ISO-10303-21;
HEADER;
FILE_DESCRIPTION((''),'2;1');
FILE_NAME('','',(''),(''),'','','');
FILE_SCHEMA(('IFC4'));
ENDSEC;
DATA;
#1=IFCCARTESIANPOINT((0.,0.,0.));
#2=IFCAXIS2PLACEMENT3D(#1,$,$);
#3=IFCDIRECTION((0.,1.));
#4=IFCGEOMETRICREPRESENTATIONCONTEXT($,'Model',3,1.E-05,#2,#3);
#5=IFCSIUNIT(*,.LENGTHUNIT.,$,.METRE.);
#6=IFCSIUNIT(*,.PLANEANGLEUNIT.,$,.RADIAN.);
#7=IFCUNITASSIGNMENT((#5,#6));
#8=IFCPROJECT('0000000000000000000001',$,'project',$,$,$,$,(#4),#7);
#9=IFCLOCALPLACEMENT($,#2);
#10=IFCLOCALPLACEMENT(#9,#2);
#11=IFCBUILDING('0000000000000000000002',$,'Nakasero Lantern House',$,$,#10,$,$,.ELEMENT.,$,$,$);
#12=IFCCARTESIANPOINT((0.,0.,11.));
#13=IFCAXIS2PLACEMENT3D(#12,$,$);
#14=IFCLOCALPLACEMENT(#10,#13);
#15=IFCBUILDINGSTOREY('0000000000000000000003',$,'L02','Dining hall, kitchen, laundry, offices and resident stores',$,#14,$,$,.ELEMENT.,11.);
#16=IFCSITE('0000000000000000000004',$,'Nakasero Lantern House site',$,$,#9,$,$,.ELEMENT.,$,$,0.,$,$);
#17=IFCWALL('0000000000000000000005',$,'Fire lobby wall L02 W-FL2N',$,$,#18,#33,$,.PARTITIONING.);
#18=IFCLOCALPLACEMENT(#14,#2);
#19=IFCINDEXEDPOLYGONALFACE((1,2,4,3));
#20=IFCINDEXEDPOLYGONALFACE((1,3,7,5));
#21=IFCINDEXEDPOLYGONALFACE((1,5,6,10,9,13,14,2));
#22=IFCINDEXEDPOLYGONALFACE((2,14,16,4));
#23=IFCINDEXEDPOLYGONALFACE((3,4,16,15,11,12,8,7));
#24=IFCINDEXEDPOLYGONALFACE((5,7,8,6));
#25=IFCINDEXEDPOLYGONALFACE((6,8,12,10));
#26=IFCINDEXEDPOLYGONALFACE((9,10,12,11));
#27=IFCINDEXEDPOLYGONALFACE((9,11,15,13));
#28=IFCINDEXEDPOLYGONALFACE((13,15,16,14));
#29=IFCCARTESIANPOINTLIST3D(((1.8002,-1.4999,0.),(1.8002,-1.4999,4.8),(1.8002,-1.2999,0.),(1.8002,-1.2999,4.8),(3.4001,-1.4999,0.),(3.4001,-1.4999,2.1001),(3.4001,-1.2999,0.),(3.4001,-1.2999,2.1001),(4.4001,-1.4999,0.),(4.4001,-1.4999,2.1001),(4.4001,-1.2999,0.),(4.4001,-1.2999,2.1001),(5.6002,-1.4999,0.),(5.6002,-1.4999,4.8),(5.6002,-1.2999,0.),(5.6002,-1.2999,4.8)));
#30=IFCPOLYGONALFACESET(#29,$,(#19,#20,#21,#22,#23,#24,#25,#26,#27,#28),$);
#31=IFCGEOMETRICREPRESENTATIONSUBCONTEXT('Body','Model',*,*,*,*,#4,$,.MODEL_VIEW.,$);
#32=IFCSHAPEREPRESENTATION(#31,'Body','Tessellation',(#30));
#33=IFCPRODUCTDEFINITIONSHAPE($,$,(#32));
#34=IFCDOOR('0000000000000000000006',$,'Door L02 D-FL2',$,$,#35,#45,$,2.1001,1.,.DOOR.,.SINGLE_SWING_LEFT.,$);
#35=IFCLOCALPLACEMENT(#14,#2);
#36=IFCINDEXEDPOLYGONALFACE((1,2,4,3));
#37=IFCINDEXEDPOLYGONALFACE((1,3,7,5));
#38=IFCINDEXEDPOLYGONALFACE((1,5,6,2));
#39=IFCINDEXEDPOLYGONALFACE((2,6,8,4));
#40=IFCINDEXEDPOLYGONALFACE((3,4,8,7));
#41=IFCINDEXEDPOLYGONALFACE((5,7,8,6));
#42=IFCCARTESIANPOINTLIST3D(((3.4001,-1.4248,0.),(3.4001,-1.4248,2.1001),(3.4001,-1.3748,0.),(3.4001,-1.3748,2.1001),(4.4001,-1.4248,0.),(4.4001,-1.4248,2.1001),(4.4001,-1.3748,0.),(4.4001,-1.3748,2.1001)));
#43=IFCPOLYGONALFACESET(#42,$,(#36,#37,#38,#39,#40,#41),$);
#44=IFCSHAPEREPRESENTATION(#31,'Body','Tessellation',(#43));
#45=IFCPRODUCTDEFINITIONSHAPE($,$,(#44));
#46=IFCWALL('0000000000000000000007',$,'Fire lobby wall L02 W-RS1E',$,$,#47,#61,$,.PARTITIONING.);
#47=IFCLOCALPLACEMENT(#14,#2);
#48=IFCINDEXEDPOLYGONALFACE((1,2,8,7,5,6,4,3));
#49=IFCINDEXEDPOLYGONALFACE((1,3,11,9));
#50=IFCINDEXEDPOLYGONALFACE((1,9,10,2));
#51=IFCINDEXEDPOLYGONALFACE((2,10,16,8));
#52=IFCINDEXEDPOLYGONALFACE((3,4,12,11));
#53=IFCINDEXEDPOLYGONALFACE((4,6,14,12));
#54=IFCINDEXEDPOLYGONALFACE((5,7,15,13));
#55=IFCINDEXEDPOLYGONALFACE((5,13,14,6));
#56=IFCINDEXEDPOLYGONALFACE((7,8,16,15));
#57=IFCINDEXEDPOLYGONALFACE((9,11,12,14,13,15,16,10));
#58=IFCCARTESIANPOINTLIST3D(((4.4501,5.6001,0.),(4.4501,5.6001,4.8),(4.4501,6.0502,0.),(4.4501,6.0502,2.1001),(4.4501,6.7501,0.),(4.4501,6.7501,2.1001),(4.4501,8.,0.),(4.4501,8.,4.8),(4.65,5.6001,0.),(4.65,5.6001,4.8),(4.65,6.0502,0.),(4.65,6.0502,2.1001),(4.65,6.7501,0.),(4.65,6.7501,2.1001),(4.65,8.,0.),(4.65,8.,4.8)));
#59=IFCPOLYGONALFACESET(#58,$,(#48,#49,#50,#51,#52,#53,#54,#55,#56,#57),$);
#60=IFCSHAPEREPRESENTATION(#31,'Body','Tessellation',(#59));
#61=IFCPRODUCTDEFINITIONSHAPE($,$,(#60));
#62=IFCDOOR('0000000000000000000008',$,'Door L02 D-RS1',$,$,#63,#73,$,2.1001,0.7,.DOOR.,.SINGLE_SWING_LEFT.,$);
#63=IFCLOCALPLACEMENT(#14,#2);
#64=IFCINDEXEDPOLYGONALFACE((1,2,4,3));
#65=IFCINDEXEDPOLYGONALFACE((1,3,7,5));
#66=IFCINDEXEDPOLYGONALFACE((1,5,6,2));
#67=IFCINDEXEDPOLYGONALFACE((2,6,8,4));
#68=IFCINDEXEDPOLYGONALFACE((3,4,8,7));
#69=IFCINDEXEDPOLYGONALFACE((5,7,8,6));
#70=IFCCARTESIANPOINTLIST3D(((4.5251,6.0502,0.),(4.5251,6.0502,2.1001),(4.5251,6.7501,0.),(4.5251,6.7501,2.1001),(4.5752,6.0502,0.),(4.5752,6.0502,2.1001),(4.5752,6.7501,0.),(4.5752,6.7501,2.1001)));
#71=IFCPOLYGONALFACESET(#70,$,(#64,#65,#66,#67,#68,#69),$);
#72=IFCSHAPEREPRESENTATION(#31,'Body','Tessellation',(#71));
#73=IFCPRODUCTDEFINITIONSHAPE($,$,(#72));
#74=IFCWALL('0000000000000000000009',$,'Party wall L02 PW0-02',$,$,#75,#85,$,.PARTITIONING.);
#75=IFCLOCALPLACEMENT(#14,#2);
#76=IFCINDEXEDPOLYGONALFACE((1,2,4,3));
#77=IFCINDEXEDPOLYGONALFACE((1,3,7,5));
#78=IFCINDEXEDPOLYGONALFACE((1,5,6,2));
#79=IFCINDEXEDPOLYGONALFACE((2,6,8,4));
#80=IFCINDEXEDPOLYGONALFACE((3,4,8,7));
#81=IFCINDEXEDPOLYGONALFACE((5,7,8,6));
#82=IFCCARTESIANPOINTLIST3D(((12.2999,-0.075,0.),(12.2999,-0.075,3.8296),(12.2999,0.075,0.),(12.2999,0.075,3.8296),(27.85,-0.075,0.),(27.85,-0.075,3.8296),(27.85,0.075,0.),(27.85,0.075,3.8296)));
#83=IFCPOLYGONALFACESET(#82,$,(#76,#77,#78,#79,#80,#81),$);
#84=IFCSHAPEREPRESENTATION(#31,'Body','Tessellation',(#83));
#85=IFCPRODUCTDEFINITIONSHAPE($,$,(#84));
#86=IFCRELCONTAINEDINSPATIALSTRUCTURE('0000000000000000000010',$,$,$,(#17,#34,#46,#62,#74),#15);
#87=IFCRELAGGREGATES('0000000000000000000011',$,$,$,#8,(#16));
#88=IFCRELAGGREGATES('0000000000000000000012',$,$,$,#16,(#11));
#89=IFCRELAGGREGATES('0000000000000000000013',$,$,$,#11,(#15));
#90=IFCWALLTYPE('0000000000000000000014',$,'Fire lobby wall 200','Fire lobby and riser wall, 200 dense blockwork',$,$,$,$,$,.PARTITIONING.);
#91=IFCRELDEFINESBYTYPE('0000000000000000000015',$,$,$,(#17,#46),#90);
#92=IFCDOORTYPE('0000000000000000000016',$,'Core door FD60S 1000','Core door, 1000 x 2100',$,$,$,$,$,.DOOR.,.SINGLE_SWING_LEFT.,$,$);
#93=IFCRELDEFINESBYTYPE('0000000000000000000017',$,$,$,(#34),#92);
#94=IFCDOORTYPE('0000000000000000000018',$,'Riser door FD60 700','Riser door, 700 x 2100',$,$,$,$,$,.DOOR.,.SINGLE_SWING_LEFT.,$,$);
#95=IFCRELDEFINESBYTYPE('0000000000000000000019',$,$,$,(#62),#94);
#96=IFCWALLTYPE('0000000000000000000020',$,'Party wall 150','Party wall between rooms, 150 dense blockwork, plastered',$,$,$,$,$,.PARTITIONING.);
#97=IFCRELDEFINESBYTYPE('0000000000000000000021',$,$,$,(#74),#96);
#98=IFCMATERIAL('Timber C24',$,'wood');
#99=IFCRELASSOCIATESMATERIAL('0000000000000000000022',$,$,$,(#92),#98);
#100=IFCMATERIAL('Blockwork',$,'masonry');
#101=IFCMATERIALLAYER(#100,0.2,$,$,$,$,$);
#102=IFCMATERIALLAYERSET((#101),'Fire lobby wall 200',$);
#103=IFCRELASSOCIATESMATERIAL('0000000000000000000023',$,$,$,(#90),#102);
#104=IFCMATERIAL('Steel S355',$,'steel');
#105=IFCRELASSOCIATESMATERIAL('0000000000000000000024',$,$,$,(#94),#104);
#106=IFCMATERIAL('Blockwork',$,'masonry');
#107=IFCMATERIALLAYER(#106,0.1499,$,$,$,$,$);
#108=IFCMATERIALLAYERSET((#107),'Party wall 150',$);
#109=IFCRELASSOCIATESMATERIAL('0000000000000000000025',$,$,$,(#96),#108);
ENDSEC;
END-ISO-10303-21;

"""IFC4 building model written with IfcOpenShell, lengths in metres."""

from ifc_helpers import new_model, si_unit, direction, frame, frame_2d, origin, place, context, subcontext, project, spatial, rectangle, extrude, material, layer, layer_set, type_object, element, fill, save


model = new_model("IFC4")

# Units and contexts
model_context = context("Model", 3, precision=1e-05, world=origin(), true_north=direction((0.0, 1.0)))
body_context = subcontext(model_context, "Body", "Model", "MODEL_VIEW")
ifc_project = project(units=[si_unit("LENGTHUNIT", "METRE"), si_unit("PLANEANGLEUNIT", "RADIAN")], contexts=[model_context])

# Site, building, storey
site_placement = place(None, origin())
site = spatial("IfcSite", under=ifc_project, at=site_placement, Name="Nakasero Lantern House site", CompositionType="ELEMENT", RefElevation=0.0)
building_placement = place(site_placement, origin())
building = spatial("IfcBuilding", under=site, at=building_placement, Name="Nakasero Lantern House", CompositionType="ELEMENT")
storey_placement = place(building_placement, frame((0.0, 0.0, 11.0)))
storey = spatial("IfcBuildingStorey", under=building, at=storey_placement, Name="L02", Description="Dining hall, kitchen, laundry, offices and resident stores", CompositionType="ELEMENT", Elevation=11.0)

# Shared definitions
ifc_material_1 = material(Name="Timber C24", Category="wood")
door_type_1 = type_object("IfcDoorType", Name="Core door FD60S 1000", Description="Core door, 1000 x 2100", OperationType="SINGLE_SWING_LEFT", PredefinedType="DOOR", material=ifc_material_1)

# Walls, openings, doors
ifc_material_2 = material(Name="Blockwork", Category="masonry")
ifc_layer_1 = layer(ifc_material_2, 0.2)
ifc_layer_set_1 = layer_set([ifc_layer_1], Name="Fire lobby wall 200")
wall_type_1 = type_object("IfcWallType", Name="Fire lobby wall 200", Description="Fire lobby and riser wall, 200 dense blockwork", PredefinedType="PARTITIONING", material=ifc_layer_set_1)
wall_1_placement = place(storey_placement, frame((5.6001, -1.3999, 0.0), z_axis=(0.0, 0.0, 1.0), x_axis=(-1.0, 0.0, 0.0)))
wall_1 = element("IfcWall", 1, at=wall_1_placement, inside=storey, type_object=wall_type_1, Name="Fire lobby wall L02 W-FL2N", PredefinedType="PARTITIONING", context=body_context, shape_type="SweptSolid", body=[
    extrude(rectangle(XDim=3.8, YDim=0.2, at=frame_2d((1.8999, 0.0))), origin(), (0.0, 0.0, 1.0), 4.8),
])
opening_1_placement = place(wall_1_placement, frame((1.2, 0.0, 0.0)))
opening_1 = element("IfcOpeningElement", 2, at=opening_1_placement, cuts=wall_1, PredefinedType="OPENING", context=body_context, shape_type="SweptSolid", body=[
    extrude(rectangle(XDim=1.0, YDim=2.1001, at=frame_2d((0.5, 1.05))), frame((0.0, 0.1199, 0.0), z_axis=(0.0, -1.0, 0.0), x_axis=(1.0, 0.0, 0.0)), (0.0, 0.0, 1.0), 0.24),
])
door_1_placement = place(opening_1_placement, origin())
door_1 = element("IfcDoor", 3, at=door_1_placement, inside=storey, type_object=door_type_1, Name="Door L02 D-FL2", OperationType="SINGLE_SWING_LEFT", OverallHeight=2.1001, OverallWidth=1.0, PredefinedType="DOOR", context=body_context, shape_type="SweptSolid", body=[
    extrude(rectangle(XDim=1.0, YDim=2.1001, at=frame_2d((0.5, 1.05))), frame((0.0, 0.0249, 0.0), z_axis=(0.0, -1.0, 0.0), x_axis=(1.0, 0.0, 0.0)), (0.0, 0.0, 1.0), 0.05),
])
fill(opening_1, door_1)
wall_2_placement = place(storey_placement, frame((4.55, 5.6001, 0.0), z_axis=(0.0, 0.0, 1.0), x_axis=(0.0, 1.0, 0.0)))
wall_2 = element("IfcWall", 4, at=wall_2_placement, inside=storey, type_object=wall_type_1, Name="Fire lobby wall L02 W-RS1E", PredefinedType="PARTITIONING", context=body_context, shape_type="SweptSolid", body=[
    extrude(rectangle(XDim=2.3999, YDim=0.2, at=frame_2d((1.2, 0.0))), origin(), (0.0, 0.0, 1.0), 4.8),
])
opening_2_placement = place(wall_2_placement, frame((0.45, 0.0, 0.0)))
opening_2 = element("IfcOpeningElement", 5, at=opening_2_placement, cuts=wall_2, PredefinedType="OPENING", context=body_context, shape_type="SweptSolid", body=[
    extrude(rectangle(XDim=0.7, YDim=2.1001, at=frame_2d((0.3501, 1.05))), frame((0.0, 0.1199, 0.0), z_axis=(0.0, -1.0, 0.0), x_axis=(1.0, 0.0, 0.0)), (0.0, 0.0, 1.0), 0.24),
])
ifc_material_3 = material(Name="Steel S355", Category="steel")
door_type_2 = type_object("IfcDoorType", Name="Riser door FD60 700", Description="Riser door, 700 x 2100", OperationType="SINGLE_SWING_LEFT", PredefinedType="DOOR", material=ifc_material_3)
door_2_placement = place(opening_2_placement, origin())
door_2 = element("IfcDoor", 6, at=door_2_placement, inside=storey, type_object=door_type_2, Name="Door L02 D-RS1", OperationType="SINGLE_SWING_LEFT", OverallHeight=2.1001, OverallWidth=0.7, PredefinedType="DOOR", context=body_context, shape_type="SweptSolid", body=[
    extrude(rectangle(XDim=0.7, YDim=2.1001, at=frame_2d((0.3501, 1.05))), frame((0.0, 0.0249, 0.0), z_axis=(0.0, -1.0, 0.0), x_axis=(1.0, 0.0, 0.0)), (0.0, 0.0, 1.0), 0.05),
])
fill(opening_2, door_2)

# Wall
ifc_material_4 = material(Name="Blockwork", Category="masonry")
ifc_layer_2 = layer(ifc_material_4, 0.1499)
ifc_layer_set_2 = layer_set([ifc_layer_2], Name="Party wall 150")
wall_type_2 = type_object("IfcWallType", Name="Party wall 150", Description="Party wall between rooms, 150 dense blockwork, plastered", PredefinedType="PARTITIONING", material=ifc_layer_set_2)
wall_3_placement = place(storey_placement, frame((12.3, 0.0, 0.0), z_axis=(0.0, 0.0, 1.0), x_axis=(1.0, 0.0, 0.0)))
element("IfcWall", 7, at=wall_3_placement, inside=storey, type_object=wall_type_2, Name="Party wall L02 PW0-02", PredefinedType="PARTITIONING", context=body_context, shape_type="SweptSolid", body=[
    extrude(rectangle(XDim=15.55, YDim=0.1499, at=frame_2d((7.7749, 0.0))), origin(), (0.0, 0.0, 1.0), 3.8296),
])

save(model, "model.ifc")
